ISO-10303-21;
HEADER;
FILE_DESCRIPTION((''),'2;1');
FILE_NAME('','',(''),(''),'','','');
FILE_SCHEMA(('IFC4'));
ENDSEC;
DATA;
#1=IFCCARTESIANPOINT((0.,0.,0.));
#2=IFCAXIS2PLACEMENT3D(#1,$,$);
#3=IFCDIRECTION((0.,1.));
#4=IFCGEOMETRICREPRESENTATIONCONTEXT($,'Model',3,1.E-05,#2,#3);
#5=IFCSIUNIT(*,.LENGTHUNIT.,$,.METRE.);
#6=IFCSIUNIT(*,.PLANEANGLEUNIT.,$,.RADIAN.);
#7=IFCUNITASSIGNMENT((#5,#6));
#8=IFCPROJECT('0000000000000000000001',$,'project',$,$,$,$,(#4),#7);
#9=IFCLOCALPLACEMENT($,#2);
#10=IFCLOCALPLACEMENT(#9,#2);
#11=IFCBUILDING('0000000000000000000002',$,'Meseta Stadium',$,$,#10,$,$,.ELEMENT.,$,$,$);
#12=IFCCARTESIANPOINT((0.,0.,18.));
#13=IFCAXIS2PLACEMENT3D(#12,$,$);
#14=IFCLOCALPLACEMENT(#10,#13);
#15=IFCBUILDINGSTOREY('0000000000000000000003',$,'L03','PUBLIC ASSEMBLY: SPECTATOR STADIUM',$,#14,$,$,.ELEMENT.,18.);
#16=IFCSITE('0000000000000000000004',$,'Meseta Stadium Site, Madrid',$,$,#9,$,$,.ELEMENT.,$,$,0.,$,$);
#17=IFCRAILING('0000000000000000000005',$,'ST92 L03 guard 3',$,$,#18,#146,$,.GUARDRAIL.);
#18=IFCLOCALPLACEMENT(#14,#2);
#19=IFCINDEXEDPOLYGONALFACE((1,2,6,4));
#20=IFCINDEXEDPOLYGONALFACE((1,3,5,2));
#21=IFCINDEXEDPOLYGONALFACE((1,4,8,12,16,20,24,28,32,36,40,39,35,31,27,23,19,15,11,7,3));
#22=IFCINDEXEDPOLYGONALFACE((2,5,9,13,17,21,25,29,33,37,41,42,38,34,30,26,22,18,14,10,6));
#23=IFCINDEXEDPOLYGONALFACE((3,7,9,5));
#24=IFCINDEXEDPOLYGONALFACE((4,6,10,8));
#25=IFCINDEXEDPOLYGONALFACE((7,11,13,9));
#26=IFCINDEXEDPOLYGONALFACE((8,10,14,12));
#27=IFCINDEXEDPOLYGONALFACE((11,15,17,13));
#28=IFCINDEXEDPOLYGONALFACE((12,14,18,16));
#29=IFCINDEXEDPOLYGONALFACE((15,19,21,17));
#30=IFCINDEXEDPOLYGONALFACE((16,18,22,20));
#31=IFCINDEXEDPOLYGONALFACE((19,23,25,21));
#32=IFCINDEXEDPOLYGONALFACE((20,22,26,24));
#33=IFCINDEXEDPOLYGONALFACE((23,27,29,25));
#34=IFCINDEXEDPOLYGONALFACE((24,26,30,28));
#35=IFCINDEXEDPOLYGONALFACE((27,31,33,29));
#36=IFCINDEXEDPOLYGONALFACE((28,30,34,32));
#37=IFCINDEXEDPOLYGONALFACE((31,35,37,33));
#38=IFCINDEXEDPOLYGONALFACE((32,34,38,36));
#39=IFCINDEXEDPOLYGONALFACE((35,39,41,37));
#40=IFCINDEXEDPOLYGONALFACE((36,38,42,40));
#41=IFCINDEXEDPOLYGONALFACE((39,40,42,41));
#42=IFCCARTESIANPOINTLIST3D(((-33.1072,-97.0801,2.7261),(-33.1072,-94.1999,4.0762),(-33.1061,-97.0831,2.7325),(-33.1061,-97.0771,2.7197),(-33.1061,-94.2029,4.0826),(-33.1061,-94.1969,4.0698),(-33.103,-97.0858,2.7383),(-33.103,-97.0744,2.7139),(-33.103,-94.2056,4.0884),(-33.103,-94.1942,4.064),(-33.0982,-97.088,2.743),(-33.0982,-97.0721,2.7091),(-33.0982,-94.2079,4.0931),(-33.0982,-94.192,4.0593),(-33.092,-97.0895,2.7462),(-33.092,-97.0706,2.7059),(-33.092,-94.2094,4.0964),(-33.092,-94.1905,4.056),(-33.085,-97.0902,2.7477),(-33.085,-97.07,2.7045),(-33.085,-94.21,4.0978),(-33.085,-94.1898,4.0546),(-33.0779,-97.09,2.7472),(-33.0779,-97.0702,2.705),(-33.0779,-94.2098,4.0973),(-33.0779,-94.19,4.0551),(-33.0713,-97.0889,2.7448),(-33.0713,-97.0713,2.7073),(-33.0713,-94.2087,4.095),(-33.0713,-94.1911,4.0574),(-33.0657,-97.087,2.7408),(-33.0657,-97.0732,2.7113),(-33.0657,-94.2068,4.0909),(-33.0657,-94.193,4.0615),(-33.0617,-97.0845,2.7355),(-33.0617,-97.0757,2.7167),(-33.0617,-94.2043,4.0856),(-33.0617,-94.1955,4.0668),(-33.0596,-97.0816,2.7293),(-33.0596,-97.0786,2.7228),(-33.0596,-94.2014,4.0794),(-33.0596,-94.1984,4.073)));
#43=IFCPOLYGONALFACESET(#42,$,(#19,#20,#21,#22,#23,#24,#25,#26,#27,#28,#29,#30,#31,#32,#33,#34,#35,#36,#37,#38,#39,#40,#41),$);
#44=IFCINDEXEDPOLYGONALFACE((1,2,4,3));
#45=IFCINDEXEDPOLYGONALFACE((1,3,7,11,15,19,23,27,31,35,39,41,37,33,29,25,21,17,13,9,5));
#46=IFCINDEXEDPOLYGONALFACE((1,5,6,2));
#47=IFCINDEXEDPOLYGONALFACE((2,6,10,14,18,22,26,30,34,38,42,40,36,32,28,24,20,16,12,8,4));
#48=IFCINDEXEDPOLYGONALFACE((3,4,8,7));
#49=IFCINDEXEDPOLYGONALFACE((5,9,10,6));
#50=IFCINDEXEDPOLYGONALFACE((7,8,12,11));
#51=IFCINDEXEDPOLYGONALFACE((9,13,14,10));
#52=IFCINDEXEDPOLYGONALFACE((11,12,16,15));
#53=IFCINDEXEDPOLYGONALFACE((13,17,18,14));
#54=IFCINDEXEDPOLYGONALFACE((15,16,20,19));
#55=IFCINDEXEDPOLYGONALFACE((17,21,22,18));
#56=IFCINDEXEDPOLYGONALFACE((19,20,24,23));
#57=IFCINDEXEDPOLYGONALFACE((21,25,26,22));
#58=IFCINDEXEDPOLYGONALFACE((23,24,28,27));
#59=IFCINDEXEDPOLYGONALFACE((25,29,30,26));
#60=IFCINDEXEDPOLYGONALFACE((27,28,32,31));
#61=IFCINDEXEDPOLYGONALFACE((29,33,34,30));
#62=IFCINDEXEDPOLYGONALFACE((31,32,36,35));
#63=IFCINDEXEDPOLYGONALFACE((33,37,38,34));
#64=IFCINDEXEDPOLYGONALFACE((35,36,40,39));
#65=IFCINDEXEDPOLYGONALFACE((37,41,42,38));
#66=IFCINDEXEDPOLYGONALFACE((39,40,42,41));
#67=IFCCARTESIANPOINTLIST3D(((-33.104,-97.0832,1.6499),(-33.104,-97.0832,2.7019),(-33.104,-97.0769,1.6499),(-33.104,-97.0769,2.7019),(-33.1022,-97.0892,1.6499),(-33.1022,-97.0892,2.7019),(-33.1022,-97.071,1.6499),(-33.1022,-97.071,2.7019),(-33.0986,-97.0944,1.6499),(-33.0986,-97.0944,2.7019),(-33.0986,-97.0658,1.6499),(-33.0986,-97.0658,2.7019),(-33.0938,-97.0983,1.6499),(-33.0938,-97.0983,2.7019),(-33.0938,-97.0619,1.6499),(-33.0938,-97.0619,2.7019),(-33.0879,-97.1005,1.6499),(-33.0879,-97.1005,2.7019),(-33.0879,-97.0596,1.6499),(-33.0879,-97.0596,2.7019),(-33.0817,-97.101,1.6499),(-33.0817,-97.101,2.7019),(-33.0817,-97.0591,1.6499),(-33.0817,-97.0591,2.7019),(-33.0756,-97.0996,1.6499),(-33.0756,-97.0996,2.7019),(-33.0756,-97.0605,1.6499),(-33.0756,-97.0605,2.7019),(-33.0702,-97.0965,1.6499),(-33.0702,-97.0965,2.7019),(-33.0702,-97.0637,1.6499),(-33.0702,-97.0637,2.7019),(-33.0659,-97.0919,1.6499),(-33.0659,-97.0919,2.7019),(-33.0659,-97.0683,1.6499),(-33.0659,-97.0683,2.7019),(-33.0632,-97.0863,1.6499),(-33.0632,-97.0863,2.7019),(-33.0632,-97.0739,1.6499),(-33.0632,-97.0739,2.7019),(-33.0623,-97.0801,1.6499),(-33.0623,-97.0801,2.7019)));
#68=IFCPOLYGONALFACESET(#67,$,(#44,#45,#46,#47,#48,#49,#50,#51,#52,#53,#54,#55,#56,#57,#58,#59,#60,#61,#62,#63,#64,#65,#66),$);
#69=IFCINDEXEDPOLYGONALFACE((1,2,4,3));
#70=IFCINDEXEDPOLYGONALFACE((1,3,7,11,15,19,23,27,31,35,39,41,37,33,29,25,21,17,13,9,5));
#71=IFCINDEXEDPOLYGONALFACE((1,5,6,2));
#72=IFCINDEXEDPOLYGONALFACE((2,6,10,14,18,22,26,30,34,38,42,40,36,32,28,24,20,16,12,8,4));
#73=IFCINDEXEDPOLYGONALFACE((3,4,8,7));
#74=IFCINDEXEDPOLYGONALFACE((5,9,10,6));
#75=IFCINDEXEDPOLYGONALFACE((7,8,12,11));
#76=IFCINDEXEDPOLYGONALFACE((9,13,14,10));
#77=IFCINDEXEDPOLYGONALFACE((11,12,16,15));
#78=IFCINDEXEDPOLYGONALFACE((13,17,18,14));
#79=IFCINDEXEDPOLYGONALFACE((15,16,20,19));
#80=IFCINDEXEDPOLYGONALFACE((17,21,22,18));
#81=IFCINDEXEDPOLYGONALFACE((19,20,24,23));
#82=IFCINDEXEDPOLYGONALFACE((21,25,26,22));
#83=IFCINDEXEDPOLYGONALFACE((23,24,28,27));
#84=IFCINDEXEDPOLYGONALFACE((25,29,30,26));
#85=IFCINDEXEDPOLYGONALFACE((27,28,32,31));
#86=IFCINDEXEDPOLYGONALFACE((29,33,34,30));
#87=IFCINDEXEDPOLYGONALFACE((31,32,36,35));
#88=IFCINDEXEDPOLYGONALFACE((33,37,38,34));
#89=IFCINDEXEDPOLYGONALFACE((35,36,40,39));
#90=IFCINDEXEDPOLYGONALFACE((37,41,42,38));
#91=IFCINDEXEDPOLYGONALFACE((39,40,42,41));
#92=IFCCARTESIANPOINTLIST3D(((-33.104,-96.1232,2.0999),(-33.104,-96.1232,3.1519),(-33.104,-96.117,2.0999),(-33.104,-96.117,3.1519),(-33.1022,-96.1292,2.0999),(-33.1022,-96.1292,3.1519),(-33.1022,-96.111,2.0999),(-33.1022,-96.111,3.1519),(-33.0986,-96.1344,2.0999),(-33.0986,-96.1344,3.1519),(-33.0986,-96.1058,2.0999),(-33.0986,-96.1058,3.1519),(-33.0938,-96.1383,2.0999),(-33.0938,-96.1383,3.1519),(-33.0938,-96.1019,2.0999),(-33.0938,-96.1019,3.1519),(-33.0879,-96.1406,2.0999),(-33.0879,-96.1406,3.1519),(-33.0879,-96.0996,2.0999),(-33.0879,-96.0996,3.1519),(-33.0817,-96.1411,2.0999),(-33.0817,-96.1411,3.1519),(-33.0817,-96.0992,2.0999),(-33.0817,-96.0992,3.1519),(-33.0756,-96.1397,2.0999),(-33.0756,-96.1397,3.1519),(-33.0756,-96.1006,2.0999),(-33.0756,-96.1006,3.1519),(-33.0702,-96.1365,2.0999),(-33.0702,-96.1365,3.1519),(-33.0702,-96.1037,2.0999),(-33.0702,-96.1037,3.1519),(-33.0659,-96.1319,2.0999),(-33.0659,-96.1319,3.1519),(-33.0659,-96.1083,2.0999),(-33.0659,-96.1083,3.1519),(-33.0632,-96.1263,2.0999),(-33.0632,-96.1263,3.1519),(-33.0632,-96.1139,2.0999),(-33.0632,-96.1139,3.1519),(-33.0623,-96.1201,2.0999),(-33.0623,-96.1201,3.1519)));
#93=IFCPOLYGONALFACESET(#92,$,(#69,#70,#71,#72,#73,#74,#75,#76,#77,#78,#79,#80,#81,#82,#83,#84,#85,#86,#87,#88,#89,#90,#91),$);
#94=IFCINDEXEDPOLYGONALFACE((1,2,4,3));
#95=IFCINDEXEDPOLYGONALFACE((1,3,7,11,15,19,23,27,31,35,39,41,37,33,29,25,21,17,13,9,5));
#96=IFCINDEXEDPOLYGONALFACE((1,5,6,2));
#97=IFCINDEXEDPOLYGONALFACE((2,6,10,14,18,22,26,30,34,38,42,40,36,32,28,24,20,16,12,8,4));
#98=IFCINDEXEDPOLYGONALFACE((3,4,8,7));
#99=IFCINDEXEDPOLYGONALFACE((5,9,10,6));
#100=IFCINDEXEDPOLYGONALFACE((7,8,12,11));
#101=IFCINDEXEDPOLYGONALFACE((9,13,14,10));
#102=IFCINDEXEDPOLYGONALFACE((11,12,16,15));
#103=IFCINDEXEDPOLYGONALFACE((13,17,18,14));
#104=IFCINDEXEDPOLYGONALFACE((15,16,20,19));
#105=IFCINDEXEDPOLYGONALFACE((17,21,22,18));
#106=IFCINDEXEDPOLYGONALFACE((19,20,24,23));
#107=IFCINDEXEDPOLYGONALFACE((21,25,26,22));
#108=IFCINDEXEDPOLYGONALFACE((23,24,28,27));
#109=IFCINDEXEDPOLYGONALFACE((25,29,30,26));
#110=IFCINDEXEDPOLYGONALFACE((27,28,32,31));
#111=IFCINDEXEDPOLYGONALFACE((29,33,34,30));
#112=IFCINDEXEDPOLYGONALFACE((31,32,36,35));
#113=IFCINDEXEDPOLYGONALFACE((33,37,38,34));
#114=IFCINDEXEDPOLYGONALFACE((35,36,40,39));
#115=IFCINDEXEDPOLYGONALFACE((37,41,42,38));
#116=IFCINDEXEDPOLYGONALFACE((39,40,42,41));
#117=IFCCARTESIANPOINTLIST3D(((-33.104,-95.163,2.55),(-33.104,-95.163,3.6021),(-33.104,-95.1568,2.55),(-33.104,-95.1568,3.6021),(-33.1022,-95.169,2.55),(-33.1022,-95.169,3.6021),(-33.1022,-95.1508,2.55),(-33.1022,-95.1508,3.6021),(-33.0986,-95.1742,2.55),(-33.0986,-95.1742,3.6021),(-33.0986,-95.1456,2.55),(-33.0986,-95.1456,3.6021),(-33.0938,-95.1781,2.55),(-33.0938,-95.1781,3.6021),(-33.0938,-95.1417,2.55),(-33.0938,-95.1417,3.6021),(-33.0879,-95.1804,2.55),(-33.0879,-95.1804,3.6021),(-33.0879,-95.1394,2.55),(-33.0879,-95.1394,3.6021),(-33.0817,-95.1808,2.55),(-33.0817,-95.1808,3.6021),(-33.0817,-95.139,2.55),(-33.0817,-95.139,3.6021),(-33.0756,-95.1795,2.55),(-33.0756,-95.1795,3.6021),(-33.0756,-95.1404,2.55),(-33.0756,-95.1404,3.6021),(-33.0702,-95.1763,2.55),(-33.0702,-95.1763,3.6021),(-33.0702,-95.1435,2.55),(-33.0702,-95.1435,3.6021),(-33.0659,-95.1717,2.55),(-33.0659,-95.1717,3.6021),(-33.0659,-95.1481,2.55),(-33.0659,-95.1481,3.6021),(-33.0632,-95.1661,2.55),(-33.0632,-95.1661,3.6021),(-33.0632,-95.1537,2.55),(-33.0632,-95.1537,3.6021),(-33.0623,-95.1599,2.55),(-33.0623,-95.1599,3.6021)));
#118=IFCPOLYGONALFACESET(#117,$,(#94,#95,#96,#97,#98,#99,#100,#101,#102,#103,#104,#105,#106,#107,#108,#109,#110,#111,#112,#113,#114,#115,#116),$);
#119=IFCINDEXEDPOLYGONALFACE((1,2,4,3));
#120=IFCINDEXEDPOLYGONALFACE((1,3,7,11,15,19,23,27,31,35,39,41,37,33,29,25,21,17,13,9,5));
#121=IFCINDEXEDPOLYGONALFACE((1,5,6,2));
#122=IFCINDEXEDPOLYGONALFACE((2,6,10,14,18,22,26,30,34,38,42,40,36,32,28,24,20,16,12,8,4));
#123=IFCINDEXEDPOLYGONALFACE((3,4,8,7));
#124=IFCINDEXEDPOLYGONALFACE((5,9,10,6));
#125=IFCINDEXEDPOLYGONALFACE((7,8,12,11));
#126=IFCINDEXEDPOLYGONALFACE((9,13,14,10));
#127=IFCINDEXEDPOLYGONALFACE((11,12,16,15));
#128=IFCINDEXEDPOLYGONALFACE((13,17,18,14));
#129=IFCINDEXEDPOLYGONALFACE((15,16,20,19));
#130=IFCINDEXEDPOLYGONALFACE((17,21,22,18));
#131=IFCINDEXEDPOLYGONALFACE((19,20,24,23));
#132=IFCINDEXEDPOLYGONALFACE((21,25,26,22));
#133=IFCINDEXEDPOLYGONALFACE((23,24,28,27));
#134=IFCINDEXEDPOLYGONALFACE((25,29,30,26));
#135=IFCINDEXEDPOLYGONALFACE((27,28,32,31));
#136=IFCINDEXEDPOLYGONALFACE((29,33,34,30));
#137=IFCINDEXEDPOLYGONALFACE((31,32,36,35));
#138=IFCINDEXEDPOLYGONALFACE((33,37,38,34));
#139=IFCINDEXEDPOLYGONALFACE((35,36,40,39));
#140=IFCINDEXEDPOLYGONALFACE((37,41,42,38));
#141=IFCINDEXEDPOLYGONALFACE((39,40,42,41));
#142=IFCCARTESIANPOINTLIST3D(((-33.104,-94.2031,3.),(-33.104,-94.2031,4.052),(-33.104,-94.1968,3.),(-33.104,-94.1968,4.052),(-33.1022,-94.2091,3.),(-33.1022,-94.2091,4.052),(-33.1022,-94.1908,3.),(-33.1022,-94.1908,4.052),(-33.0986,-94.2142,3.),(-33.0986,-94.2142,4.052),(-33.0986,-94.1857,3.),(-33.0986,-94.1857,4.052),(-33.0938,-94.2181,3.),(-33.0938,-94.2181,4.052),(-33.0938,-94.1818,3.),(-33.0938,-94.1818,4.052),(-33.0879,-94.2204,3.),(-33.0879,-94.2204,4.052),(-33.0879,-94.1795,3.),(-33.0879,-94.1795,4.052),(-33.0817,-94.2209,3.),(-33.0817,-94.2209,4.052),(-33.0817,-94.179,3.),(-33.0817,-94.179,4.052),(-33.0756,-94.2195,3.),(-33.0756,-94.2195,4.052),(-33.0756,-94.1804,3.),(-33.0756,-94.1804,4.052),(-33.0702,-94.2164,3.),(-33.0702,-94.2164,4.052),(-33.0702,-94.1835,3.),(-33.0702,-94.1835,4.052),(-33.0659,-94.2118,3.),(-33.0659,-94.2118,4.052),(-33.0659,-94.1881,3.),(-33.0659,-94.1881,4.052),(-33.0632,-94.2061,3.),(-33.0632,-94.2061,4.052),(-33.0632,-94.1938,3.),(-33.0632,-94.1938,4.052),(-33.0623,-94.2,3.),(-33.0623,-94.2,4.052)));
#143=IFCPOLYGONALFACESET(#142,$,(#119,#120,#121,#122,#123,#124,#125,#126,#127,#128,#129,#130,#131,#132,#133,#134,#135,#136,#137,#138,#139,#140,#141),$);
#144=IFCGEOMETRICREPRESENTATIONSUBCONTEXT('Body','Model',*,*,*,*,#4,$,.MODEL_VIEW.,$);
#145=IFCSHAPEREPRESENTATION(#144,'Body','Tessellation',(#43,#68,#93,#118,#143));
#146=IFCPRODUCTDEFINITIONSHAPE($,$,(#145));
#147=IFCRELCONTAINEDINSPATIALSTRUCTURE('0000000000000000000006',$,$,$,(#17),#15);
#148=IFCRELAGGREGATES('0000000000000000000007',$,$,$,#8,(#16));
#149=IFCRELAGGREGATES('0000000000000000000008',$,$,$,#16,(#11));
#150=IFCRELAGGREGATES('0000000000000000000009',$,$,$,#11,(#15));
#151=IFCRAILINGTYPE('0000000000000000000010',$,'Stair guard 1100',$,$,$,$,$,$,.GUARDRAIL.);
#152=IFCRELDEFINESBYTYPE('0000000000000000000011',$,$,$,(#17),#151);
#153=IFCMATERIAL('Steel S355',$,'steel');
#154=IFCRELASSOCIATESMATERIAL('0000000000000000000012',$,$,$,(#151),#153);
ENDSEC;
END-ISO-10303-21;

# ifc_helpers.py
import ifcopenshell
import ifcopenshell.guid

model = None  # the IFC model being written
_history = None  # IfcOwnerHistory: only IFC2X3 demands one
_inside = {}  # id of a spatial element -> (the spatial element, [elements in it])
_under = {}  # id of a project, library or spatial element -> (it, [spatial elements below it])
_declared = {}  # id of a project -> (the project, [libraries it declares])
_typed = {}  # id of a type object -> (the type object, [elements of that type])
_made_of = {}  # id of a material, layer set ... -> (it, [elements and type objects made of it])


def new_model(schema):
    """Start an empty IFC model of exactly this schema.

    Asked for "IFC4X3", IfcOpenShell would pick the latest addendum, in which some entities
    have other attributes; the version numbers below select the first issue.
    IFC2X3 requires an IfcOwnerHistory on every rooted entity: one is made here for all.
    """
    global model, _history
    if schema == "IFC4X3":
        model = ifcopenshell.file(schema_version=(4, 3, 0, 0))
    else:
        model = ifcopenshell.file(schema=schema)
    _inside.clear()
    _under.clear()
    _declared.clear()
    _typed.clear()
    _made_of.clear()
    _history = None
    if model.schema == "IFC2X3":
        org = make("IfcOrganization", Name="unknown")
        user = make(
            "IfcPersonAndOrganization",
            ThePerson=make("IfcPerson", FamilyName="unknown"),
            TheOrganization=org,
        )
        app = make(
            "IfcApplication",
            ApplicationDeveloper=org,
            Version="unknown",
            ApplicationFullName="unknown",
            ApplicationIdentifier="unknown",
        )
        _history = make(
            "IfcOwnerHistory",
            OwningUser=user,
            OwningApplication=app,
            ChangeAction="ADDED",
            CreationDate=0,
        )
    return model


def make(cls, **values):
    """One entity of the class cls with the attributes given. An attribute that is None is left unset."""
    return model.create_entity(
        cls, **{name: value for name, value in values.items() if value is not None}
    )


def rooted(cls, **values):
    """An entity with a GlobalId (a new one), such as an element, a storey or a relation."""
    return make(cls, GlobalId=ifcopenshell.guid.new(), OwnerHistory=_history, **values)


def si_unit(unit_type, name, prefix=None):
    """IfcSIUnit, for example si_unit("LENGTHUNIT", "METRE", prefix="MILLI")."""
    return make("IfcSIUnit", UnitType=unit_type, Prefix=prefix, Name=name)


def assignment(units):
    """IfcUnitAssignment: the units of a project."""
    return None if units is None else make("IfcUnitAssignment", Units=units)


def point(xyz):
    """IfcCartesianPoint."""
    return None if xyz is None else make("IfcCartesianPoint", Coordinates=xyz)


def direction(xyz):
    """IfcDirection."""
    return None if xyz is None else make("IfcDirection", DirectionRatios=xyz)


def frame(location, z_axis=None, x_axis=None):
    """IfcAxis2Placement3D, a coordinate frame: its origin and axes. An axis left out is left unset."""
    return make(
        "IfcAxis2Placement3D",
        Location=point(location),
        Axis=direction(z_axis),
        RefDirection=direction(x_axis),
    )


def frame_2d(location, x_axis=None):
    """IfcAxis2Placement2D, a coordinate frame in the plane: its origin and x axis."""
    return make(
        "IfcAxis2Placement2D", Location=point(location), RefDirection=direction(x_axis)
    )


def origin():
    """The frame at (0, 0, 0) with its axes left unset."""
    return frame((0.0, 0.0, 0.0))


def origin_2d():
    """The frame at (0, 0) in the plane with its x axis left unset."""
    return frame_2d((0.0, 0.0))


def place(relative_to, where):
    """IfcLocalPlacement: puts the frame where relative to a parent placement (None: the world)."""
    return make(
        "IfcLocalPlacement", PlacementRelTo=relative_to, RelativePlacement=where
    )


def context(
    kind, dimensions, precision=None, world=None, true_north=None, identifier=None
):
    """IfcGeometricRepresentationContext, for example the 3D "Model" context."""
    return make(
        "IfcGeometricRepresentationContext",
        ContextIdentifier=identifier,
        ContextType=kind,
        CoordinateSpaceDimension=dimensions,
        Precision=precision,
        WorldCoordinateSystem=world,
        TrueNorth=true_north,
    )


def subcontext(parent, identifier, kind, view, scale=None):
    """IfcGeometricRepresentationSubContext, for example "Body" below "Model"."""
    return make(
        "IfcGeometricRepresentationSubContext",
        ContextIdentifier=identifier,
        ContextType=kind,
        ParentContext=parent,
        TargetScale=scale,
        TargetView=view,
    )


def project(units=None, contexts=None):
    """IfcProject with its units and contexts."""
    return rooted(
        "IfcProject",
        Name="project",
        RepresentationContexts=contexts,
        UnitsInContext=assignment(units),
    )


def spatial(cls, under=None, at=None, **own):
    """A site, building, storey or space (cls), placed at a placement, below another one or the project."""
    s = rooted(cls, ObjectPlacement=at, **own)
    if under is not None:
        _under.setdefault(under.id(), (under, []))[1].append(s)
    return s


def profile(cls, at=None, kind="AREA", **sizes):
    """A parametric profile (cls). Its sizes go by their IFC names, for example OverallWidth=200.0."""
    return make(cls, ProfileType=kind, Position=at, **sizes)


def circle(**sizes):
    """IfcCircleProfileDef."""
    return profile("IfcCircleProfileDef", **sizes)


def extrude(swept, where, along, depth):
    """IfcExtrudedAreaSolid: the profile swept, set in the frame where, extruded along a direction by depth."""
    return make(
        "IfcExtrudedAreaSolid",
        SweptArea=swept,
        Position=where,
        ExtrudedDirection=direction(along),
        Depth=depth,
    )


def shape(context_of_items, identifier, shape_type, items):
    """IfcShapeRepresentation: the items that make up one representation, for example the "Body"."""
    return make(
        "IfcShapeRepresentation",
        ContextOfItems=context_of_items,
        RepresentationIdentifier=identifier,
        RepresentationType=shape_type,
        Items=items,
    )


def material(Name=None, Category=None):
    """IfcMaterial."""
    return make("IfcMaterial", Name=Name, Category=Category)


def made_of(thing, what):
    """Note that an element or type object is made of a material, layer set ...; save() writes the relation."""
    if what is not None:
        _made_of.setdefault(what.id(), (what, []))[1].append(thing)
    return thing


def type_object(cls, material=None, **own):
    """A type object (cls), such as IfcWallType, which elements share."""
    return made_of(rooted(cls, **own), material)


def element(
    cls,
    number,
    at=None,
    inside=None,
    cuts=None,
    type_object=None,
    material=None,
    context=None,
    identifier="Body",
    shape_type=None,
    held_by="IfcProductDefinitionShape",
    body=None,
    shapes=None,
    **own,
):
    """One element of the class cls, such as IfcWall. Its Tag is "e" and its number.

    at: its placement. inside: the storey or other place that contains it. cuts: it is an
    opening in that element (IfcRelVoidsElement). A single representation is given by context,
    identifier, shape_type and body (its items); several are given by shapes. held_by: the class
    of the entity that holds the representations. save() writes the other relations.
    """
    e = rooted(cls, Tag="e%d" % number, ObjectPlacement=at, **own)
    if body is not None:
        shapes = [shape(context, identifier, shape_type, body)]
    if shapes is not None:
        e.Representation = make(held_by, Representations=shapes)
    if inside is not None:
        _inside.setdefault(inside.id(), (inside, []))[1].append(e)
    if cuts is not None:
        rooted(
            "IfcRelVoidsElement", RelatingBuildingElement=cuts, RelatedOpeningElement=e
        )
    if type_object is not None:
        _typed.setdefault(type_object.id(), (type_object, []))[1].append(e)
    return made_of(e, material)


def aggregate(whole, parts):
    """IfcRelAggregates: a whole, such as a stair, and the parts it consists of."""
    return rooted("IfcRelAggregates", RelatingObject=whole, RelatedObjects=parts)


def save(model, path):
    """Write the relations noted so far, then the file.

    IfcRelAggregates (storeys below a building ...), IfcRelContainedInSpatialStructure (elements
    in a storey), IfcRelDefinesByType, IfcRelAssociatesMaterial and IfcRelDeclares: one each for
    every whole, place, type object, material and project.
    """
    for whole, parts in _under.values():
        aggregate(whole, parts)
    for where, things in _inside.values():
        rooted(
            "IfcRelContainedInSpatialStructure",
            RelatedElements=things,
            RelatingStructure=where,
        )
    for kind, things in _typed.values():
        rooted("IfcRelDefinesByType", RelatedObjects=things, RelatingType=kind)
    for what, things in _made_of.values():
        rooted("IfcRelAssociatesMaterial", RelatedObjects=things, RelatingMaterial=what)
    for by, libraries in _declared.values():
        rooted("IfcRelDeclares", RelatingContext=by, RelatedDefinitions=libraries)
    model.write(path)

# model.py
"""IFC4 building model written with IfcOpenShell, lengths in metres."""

from ifc_helpers import new_model, si_unit, direction, frame, origin, origin_2d, place, context, subcontext, project, spatial, circle, extrude, material, type_object, element, save


model = new_model("IFC4")

# Units and contexts
model_context = context("Model", 3, precision=1e-05, world=origin(), true_north=direction((0.0, 1.0)))
body_context = subcontext(model_context, "Body", "Model", "MODEL_VIEW")
ifc_project = project(units=[si_unit("LENGTHUNIT", "METRE"), si_unit("PLANEANGLEUNIT", "RADIAN")], contexts=[model_context])

# Site, building, storey
site_placement = place(None, origin())
site = spatial("IfcSite", under=ifc_project, at=site_placement, Name="Meseta Stadium Site, Madrid", CompositionType="ELEMENT", RefElevation=0.0)
building_placement = place(site_placement, origin())
building = spatial("IfcBuilding", under=site, at=building_placement, Name="Meseta Stadium", CompositionType="ELEMENT")
storey_placement = place(building_placement, frame((0.0, 0.0, 18.0)))
storey = spatial("IfcBuildingStorey", under=building, at=storey_placement, Name="L03", Description="PUBLIC ASSEMBLY: SPECTATOR STADIUM", CompositionType="ELEMENT", Elevation=18.0)

# Railing
ifc_material_1 = material(Name="Steel S355", Category="steel")
railing_type_1 = type_object("IfcRailingType", Name="Stair guard 1100", PredefinedType="GUARDRAIL", material=ifc_material_1)
for number, where, name in (
    (1, (-33.0833, -97.0801, 1.6499), "ST92 L03 guard 3"),
):
    element("IfcRailing", number, at=place(storey_placement, frame(where)), inside=storey, type_object=railing_type_1, Name=name, PredefinedType="GUARDRAIL", context=body_context, shape_type="SweptSolid", body=[
        extrude(circle(Radius=0.0239, at=origin_2d()), frame((0.0, 0.0, 1.0762), z_axis=(0.0, 0.905454, 0.424444), x_axis=(-1.0, 0.0, 0.0)), (0.0, 0.0, 1.0), 3.1809),
        extrude(circle(Radius=0.021, at=origin_2d()), origin(), (0.0, 0.0, 1.0), 1.052),
        extrude(circle(Radius=0.021, at=origin_2d()), frame((0.0, 0.96, 0.45)), (0.0, 0.0, 1.0), 1.052),
        extrude(circle(Radius=0.021, at=origin_2d()), frame((0.0, 1.9202, 0.9001)), (0.0, 0.0, 1.0), 1.052),
        extrude(circle(Radius=0.021, at=origin_2d()), frame((0.0, 2.8801, 1.3501)), (0.0, 0.0, 1.0), 1.052),
    ])

save(model, "model.ifc")
